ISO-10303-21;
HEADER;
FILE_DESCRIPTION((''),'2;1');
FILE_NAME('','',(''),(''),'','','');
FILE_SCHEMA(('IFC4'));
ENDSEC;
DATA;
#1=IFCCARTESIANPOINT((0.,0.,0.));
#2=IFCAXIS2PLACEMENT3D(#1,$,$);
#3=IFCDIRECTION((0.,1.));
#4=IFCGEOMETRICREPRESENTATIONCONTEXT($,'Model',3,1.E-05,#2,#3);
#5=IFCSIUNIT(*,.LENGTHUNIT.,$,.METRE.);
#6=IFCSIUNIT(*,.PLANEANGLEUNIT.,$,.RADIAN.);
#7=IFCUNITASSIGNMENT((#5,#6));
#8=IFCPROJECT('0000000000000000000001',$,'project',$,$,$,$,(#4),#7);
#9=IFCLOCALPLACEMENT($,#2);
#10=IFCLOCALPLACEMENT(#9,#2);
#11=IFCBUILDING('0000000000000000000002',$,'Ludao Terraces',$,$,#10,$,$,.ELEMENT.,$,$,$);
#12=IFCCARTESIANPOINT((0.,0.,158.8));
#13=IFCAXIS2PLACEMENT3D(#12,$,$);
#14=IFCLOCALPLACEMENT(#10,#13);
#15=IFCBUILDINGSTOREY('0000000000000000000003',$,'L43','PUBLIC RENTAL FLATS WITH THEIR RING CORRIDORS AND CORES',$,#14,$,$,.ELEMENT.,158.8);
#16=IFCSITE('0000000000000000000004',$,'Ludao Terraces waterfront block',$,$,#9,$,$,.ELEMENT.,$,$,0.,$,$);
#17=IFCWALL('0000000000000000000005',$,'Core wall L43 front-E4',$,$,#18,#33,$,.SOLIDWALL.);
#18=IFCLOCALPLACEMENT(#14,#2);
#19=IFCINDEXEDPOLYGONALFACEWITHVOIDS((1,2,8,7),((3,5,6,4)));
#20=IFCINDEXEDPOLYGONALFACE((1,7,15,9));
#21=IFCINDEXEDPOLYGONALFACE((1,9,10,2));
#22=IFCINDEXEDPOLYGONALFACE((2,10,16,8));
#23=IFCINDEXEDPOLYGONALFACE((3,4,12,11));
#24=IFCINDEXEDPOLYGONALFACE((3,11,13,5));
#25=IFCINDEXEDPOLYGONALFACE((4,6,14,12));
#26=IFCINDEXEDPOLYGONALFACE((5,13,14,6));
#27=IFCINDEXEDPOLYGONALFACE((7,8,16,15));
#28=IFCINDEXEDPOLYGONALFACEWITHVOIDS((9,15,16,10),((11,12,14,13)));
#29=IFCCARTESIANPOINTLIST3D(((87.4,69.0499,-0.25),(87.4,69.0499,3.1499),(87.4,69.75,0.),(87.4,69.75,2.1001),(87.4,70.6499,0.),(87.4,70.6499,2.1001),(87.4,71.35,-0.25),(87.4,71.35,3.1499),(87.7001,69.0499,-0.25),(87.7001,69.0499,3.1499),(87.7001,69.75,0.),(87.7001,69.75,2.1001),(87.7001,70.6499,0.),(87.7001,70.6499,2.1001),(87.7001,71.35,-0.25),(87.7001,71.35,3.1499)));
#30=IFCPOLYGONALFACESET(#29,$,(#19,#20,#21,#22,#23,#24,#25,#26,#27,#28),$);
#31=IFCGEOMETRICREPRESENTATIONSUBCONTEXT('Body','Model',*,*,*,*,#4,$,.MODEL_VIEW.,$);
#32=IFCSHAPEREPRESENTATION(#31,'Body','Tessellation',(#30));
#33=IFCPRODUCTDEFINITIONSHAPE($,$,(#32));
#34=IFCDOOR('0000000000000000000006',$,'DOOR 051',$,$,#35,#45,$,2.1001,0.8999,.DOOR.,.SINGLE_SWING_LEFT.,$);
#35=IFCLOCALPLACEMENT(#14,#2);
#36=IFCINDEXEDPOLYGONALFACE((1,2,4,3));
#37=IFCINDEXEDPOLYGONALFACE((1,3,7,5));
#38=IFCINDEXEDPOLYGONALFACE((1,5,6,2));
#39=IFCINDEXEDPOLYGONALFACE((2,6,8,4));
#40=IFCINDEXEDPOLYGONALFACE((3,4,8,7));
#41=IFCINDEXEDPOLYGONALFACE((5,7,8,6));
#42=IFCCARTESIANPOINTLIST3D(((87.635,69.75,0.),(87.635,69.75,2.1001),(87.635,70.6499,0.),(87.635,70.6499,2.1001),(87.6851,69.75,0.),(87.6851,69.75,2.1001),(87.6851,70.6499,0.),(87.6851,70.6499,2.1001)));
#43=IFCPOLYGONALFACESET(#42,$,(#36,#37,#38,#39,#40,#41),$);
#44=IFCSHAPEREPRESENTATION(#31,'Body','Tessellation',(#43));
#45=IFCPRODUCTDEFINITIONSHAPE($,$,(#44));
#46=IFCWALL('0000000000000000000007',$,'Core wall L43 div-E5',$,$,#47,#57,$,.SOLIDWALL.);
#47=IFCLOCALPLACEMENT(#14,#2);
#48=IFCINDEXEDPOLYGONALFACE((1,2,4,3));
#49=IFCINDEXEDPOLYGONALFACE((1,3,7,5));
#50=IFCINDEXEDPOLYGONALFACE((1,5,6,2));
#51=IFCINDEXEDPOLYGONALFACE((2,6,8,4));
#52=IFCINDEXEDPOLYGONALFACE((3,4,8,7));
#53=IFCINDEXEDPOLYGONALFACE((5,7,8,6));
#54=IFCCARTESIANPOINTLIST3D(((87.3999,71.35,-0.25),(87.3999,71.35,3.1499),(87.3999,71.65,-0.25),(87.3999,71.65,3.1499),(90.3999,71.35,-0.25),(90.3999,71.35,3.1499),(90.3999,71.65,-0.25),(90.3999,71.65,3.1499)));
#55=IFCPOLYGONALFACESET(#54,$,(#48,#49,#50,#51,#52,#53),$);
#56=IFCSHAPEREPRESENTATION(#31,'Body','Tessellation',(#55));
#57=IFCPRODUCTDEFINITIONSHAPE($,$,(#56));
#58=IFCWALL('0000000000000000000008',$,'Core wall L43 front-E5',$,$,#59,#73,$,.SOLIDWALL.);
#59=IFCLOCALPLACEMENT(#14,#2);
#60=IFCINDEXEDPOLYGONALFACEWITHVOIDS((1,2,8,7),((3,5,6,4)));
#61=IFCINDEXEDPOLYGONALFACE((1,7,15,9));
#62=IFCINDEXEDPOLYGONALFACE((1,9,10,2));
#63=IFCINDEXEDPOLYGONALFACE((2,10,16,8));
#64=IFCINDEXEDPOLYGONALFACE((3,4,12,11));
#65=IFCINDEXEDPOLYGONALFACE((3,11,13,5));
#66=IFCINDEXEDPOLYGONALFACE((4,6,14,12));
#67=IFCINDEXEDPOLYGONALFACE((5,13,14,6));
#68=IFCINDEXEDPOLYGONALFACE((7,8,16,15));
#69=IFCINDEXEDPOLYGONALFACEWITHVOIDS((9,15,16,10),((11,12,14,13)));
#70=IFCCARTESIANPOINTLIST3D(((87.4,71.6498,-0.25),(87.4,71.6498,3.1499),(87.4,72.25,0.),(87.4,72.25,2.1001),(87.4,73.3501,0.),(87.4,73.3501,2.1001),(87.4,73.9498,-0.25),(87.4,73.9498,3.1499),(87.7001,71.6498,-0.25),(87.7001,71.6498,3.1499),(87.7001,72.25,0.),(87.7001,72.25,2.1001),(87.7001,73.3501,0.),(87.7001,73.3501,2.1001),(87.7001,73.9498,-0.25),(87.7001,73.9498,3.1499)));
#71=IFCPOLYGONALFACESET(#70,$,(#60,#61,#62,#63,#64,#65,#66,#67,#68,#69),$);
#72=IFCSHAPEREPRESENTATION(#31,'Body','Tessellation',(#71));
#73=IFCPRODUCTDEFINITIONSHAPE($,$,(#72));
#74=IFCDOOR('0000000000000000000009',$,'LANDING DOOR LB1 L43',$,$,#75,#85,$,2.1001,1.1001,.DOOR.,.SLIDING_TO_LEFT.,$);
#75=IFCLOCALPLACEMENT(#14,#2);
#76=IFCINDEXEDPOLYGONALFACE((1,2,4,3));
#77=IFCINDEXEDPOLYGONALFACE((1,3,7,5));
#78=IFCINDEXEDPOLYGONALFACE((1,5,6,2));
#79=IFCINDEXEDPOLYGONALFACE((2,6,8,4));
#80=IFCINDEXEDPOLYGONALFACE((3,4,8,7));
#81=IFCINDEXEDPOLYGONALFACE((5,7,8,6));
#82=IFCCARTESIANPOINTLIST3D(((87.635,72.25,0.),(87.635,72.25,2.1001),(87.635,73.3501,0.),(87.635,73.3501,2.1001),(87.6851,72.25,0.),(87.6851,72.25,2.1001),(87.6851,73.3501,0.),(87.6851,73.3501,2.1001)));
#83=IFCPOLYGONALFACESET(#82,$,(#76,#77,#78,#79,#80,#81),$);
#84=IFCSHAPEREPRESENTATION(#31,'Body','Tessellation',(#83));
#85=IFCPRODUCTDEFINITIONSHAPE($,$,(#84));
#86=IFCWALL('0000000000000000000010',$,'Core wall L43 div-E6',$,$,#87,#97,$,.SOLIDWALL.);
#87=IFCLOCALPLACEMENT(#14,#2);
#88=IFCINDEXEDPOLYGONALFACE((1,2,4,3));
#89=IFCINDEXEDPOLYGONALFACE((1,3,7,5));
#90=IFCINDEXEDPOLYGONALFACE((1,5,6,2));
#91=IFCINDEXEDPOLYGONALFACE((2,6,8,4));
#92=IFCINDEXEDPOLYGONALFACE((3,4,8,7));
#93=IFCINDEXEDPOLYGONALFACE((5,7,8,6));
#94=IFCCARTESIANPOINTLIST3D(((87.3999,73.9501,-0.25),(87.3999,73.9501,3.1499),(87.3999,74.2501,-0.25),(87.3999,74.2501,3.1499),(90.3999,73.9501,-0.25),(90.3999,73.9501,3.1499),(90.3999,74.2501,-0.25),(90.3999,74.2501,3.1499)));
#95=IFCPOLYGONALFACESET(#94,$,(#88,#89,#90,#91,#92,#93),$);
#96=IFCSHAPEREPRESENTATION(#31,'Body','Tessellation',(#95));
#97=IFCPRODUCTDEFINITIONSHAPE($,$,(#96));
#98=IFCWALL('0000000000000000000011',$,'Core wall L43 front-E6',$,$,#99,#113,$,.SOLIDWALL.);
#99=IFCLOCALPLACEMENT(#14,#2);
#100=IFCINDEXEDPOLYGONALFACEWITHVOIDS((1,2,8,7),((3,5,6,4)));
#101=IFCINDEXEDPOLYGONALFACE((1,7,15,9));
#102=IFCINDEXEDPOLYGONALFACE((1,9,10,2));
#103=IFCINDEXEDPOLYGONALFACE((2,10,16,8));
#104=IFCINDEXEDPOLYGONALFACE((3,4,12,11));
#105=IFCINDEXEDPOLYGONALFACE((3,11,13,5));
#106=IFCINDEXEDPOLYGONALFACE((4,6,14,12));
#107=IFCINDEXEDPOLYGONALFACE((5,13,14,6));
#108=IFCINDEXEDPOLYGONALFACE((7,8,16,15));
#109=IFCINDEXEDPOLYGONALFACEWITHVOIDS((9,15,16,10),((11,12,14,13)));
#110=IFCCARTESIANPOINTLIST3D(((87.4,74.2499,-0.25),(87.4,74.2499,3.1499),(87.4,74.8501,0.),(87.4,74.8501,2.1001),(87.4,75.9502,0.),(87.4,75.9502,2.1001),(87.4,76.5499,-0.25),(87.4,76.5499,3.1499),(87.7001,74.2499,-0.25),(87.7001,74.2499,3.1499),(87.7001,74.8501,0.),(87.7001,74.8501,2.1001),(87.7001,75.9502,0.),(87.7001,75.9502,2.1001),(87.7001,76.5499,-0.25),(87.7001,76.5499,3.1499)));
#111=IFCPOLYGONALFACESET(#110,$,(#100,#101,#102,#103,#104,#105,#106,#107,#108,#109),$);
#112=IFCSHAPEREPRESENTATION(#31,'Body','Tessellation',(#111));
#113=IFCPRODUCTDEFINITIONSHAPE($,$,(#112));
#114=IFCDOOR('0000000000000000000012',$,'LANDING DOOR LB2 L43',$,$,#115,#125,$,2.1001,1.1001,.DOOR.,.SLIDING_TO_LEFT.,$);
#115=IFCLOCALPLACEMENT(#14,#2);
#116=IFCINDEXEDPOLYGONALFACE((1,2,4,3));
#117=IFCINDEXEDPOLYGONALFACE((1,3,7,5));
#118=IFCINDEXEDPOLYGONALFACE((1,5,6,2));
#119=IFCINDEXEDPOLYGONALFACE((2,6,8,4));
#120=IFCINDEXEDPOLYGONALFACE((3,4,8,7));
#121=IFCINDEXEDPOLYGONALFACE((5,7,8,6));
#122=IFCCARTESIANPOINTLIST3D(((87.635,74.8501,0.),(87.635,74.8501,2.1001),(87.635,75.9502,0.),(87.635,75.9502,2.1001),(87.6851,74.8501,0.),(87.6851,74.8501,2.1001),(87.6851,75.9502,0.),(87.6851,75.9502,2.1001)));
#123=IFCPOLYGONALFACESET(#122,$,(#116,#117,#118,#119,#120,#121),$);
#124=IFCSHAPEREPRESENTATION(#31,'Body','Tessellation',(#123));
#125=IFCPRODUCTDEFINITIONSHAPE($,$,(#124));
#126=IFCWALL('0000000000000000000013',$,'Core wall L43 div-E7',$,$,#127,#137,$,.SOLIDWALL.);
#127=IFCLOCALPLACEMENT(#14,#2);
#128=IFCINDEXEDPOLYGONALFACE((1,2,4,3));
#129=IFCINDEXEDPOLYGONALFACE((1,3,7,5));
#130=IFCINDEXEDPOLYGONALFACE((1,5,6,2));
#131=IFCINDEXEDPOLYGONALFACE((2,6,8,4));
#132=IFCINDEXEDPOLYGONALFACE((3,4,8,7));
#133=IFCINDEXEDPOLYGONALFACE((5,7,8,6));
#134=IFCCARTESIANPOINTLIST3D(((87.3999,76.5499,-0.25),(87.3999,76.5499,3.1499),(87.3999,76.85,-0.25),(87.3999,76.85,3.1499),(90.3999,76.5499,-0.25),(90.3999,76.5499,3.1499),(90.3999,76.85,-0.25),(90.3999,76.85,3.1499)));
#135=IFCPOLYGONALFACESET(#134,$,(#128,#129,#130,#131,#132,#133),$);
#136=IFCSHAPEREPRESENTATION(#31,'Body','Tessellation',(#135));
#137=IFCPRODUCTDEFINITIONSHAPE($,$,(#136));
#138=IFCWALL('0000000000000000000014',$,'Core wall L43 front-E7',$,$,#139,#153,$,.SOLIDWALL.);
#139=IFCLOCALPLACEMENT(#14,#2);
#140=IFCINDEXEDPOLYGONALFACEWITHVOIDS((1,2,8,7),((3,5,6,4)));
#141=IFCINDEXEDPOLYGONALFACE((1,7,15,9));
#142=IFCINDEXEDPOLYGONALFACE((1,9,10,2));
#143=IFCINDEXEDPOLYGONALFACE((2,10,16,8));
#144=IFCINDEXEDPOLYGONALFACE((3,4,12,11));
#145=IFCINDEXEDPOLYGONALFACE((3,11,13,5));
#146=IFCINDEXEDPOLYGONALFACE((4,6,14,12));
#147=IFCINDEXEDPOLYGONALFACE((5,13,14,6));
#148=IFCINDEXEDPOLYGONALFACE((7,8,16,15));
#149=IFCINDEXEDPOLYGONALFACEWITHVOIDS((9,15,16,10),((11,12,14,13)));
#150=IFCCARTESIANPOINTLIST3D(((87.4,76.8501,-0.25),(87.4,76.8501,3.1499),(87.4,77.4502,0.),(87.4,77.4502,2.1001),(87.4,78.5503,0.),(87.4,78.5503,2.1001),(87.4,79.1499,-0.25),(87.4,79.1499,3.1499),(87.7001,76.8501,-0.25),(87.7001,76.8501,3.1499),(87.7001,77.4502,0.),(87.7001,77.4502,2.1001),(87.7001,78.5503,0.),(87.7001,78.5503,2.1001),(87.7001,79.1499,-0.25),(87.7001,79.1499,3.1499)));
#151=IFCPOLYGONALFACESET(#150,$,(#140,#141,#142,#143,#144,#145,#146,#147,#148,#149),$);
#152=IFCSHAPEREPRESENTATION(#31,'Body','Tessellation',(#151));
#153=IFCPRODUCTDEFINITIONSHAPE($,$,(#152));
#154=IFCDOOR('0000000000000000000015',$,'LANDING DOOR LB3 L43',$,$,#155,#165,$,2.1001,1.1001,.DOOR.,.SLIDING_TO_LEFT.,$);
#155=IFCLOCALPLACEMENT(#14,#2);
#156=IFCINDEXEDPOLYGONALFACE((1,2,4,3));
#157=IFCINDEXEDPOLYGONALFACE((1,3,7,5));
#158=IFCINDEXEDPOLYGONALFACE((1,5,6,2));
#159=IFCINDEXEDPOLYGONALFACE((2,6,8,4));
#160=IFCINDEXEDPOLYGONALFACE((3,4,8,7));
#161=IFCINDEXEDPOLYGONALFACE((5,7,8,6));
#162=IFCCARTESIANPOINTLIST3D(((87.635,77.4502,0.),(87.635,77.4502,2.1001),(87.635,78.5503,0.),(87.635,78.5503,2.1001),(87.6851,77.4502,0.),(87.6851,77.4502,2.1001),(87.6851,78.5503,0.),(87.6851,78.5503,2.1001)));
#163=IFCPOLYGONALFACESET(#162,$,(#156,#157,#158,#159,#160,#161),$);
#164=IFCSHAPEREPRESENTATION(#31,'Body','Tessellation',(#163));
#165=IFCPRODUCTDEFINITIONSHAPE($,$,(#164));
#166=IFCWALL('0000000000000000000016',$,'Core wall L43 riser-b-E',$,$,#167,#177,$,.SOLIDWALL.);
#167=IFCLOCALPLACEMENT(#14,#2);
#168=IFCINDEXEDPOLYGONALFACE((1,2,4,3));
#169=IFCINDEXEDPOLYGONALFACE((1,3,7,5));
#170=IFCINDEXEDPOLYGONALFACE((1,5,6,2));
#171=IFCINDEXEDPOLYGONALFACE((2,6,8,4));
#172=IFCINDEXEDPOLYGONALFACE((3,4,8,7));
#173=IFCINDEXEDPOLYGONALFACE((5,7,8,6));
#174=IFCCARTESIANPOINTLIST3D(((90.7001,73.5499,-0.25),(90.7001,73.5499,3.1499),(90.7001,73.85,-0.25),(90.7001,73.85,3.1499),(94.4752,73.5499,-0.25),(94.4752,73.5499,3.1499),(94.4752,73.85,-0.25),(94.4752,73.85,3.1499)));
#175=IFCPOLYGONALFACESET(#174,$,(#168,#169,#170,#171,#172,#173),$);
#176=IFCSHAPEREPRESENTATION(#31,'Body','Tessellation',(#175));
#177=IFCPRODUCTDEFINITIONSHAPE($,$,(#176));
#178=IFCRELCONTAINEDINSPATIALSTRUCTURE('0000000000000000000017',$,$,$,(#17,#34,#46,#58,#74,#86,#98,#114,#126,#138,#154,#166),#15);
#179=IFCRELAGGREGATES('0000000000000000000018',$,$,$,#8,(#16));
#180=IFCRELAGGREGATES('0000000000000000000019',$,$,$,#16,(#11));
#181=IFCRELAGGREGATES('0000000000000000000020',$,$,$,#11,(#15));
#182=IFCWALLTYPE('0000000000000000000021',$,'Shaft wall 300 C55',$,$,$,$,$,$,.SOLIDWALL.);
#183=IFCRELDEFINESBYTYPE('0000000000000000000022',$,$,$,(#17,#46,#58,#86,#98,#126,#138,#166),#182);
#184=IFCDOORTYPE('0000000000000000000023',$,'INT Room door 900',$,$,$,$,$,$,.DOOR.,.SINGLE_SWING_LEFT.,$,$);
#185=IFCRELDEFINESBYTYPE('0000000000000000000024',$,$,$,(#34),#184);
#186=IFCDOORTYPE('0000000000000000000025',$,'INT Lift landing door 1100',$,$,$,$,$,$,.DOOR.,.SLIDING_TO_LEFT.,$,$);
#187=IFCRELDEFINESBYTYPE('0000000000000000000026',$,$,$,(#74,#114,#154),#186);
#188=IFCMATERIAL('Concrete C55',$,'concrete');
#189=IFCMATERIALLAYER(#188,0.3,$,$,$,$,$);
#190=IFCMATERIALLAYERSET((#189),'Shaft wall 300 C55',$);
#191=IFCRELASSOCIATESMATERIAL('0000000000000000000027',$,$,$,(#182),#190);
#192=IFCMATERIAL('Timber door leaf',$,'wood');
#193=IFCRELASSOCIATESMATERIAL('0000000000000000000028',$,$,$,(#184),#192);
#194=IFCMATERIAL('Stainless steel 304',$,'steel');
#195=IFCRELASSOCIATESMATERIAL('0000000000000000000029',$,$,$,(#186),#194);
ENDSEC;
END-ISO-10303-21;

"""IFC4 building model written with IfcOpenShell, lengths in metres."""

from ifc_helpers import new_model, si_unit, direction, frame, frame_2d, origin, place, context, subcontext, project, spatial, rectangle, extrude, material, layer, layer_set, type_object, element, fill, save


model = new_model("IFC4")

# Units and contexts
model_context = context("Model", 3, precision=1e-05, world=origin(), true_north=direction((0.0, 1.0)))
body_context = subcontext(model_context, "Body", "Model", "MODEL_VIEW")
ifc_project = project(units=[si_unit("LENGTHUNIT", "METRE"), si_unit("PLANEANGLEUNIT", "RADIAN")], contexts=[model_context])

# Site, building, storey
site_placement = place(None, origin())
site = spatial("IfcSite", under=ifc_project, at=site_placement, Name="Ludao Terraces waterfront block", CompositionType="ELEMENT", RefElevation=0.0)
building_placement = place(site_placement, origin())
building = spatial("IfcBuilding", under=site, at=building_placement, Name="Ludao Terraces", CompositionType="ELEMENT")
storey_placement = place(building_placement, frame((0.0, 0.0, 158.8)))
storey = spatial("IfcBuildingStorey", under=building, at=storey_placement, Name="L43", Description="PUBLIC RENTAL FLATS WITH THEIR RING CORRIDORS AND CORES", CompositionType="ELEMENT", Elevation=158.8)

# Shared definitions
ifc_material_1 = material(Name="Concrete C55", Category="concrete")
ifc_layer_1 = layer(ifc_material_1, 0.3)
ifc_layer_set_1 = layer_set([ifc_layer_1], Name="Shaft wall 300 C55")
wall_type_1 = type_object("IfcWallType", Name="Shaft wall 300 C55", PredefinedType="SOLIDWALL", material=ifc_layer_set_1)

# Shared definitions
ifc_material_2 = material(Name="Timber door leaf", Category="wood")
door_type_1 = type_object("IfcDoorType", Name="INT Room door 900", OperationType="SINGLE_SWING_LEFT", PredefinedType="DOOR", material=ifc_material_2)

# Wall, opening, door
wall_1_placement = place(storey_placement, frame((87.55, 69.05, -0.25), z_axis=(0.0, 0.0, 1.0), x_axis=(0.0, 1.0, 0.0)))
wall_1 = element("IfcWall", 1, at=wall_1_placement, inside=storey, type_object=wall_type_1, Name="Core wall L43 front-E4", PredefinedType="SOLIDWALL", context=body_context, shape_type="SweptSolid", body=[
    extrude(rectangle(XDim=2.3, YDim=0.3, at=frame_2d((1.1499, 0.0))), origin(), (0.0, 0.0, 1.0), 3.3999),
])
opening_1_placement = place(wall_1_placement, frame((0.7, 0.0, 0.25)))
opening_1 = element("IfcOpeningElement", 2, at=opening_1_placement, cuts=wall_1, PredefinedType="OPENING", context=body_context, shape_type="SweptSolid", body=[
    extrude(rectangle(XDim=0.8999, YDim=2.1001, at=frame_2d((0.45, 1.05))), frame((0.0, 0.1602, 0.0), z_axis=(0.0, -1.0, 0.0), x_axis=(1.0, 0.0, 0.0)), (0.0, 0.0, 1.0), 0.3201),
])
door_1_placement = place(opening_1_placement, origin())
door_1 = element("IfcDoor", 3, at=door_1_placement, inside=storey, type_object=door_type_1, Name="DOOR 051", OperationType="SINGLE_SWING_LEFT", OverallHeight=2.1001, OverallWidth=0.8999, PredefinedType="DOOR", context=body_context, shape_type="SweptSolid", body=[
    extrude(rectangle(XDim=0.8999, YDim=2.1001, at=frame_2d((0.45, 1.05))), frame((0.0, -0.085, 0.0), z_axis=(0.0, -1.0, 0.0), x_axis=(1.0, 0.0, 0.0)), (0.0, 0.0, 1.0), 0.05),
])
fill(opening_1, door_1)

# Wall
wall_2_placement = place(storey_placement, frame((87.3999, 71.5, -0.25), z_axis=(0.0, 0.0, 1.0), x_axis=(1.0, 0.0, 0.0)))
element("IfcWall", 4, at=wall_2_placement, inside=storey, type_object=wall_type_1, Name="Core wall L43 div-E5", PredefinedType="SOLIDWALL", context=body_context, shape_type="SweptSolid", body=[
    extrude(rectangle(XDim=3.0, YDim=0.3, at=frame_2d((1.5, 0.0))), origin(), (0.0, 0.0, 1.0), 3.3999),
])

# Wall, opening, door
wall_3_placement = place(storey_placement, frame((87.55, 71.6499, -0.25), z_axis=(0.0, 0.0, 1.0), x_axis=(0.0, 1.0, 0.0)))
wall_3 = element("IfcWall", 5, at=wall_3_placement, inside=storey, type_object=wall_type_1, Name="Core wall L43 front-E5", PredefinedType="SOLIDWALL", context=body_context, shape_type="SweptSolid", body=[
    extrude(rectangle(XDim=2.3, YDim=0.3, at=frame_2d((1.1499, 0.0))), origin(), (0.0, 0.0, 1.0), 3.3999),
])
opening_2_placement = place(wall_3_placement, frame((0.6001, 0.0, 0.25)))
opening_2 = element("IfcOpeningElement", 6, at=opening_2_placement, cuts=wall_3, PredefinedType="OPENING", context=body_context, shape_type="SweptSolid", body=[
    extrude(rectangle(XDim=1.1001, YDim=2.1001, at=frame_2d((0.55, 1.05))), frame((0.0, 0.1602, 0.0), z_axis=(0.0, -1.0, 0.0), x_axis=(1.0, 0.0, 0.0)), (0.0, 0.0, 1.0), 0.3201),
])
ifc_material_3 = material(Name="Stainless steel 304", Category="steel")
door_type_2 = type_object("IfcDoorType", Name="INT Lift landing door 1100", OperationType="SLIDING_TO_LEFT", PredefinedType="DOOR", material=ifc_material_3)
door_2_placement = place(opening_2_placement, origin())
door_2 = element("IfcDoor", 7, at=door_2_placement, inside=storey, type_object=door_type_2, Name="LANDING DOOR LB1 L43", OperationType="SLIDING_TO_LEFT", OverallHeight=2.1001, OverallWidth=1.1001, PredefinedType="DOOR", context=body_context, shape_type="SweptSolid", body=[
    extrude(rectangle(XDim=1.1001, YDim=2.1001, at=frame_2d((0.55, 1.05))), frame((0.0, -0.085, 0.0), z_axis=(0.0, -1.0, 0.0), x_axis=(1.0, 0.0, 0.0)), (0.0, 0.0, 1.0), 0.05),
])
fill(opening_2, door_2)

# Wall
wall_4_placement = place(storey_placement, frame((87.3999, 74.1001, -0.25), z_axis=(0.0, 0.0, 1.0), x_axis=(1.0, 0.0, 0.0)))
element("IfcWall", 8, at=wall_4_placement, inside=storey, type_object=wall_type_1, Name="Core wall L43 div-E6", PredefinedType="SOLIDWALL", context=body_context, shape_type="SweptSolid", body=[
    extrude(rectangle(XDim=3.0, YDim=0.3, at=frame_2d((1.5, 0.0))), origin(), (0.0, 0.0, 1.0), 3.3999),
])

# Wall, opening, door
wall_5_placement = place(storey_placement, frame((87.55, 74.25, -0.25), z_axis=(0.0, 0.0, 1.0), x_axis=(0.0, 1.0, 0.0)))
wall_5 = element("IfcWall", 9, at=wall_5_placement, inside=storey, type_object=wall_type_1, Name="Core wall L43 front-E6", PredefinedType="SOLIDWALL", context=body_context, shape_type="SweptSolid", body=[
    extrude(rectangle(XDim=2.3, YDim=0.3, at=frame_2d((1.1499, 0.0))), origin(), (0.0, 0.0, 1.0), 3.3999),
])
opening_3_placement = place(wall_5_placement, frame((0.6001, 0.0, 0.25)))
opening_3 = element("IfcOpeningElement", 10, at=opening_3_placement, cuts=wall_5, PredefinedType="OPENING", context=body_context, shape_type="SweptSolid", body=[
    extrude(rectangle(XDim=1.1001, YDim=2.1001, at=frame_2d((0.55, 1.05))), frame((0.0, 0.1602, 0.0), z_axis=(0.0, -1.0, 0.0), x_axis=(1.0, 0.0, 0.0)), (0.0, 0.0, 1.0), 0.3201),
])
door_3_placement = place(opening_3_placement, origin())
door_3 = element("IfcDoor", 11, at=door_3_placement, inside=storey, type_object=door_type_2, Name="LANDING DOOR LB2 L43", OperationType="SLIDING_TO_LEFT", OverallHeight=2.1001, OverallWidth=1.1001, PredefinedType="DOOR", context=body_context, shape_type="SweptSolid", body=[
    extrude(rectangle(XDim=1.1001, YDim=2.1001, at=frame_2d((0.55, 1.05))), frame((0.0, -0.085, 0.0), z_axis=(0.0, -1.0, 0.0), x_axis=(1.0, 0.0, 0.0)), (0.0, 0.0, 1.0), 0.05),
])
fill(opening_3, door_3)

# Wall
wall_6_placement = place(storey_placement, frame((87.3999, 76.7, -0.25), z_axis=(0.0, 0.0, 1.0), x_axis=(1.0, 0.0, 0.0)))
element("IfcWall", 12, at=wall_6_placement, inside=storey, type_object=wall_type_1, Name="Core wall L43 div-E7", PredefinedType="SOLIDWALL", context=body_context, shape_type="SweptSolid", body=[
    extrude(rectangle(XDim=3.0, YDim=0.3, at=frame_2d((1.5, 0.0))), origin(), (0.0, 0.0, 1.0), 3.3999),
])

# Wall, opening, door
wall_7_placement = place(storey_placement, frame((87.55, 76.8501, -0.25), z_axis=(0.0, 0.0, 1.0), x_axis=(0.0, 1.0, 0.0)))
wall_7 = element("IfcWall", 13, at=wall_7_placement, inside=storey, type_object=wall_type_1, Name="Core wall L43 front-E7", PredefinedType="SOLIDWALL", context=body_context, shape_type="SweptSolid", body=[
    extrude(rectangle(XDim=2.2998, YDim=0.3, at=frame_2d((1.1499, 0.0))), origin(), (0.0, 0.0, 1.0), 3.3999),
])
opening_4_placement = place(wall_7_placement, frame((0.6001, 0.0, 0.25)))
opening_4 = element("IfcOpeningElement", 14, at=opening_4_placement, cuts=wall_7, PredefinedType="OPENING", context=body_context, shape_type="SweptSolid", body=[
    extrude(rectangle(XDim=1.1001, YDim=2.1001, at=frame_2d((0.55, 1.05))), frame((0.0, 0.1602, 0.0), z_axis=(0.0, -1.0, 0.0), x_axis=(1.0, 0.0, 0.0)), (0.0, 0.0, 1.0), 0.3201),
])
door_4_placement = place(opening_4_placement, origin())
door_4 = element("IfcDoor", 15, at=door_4_placement, inside=storey, type_object=door_type_2, Name="LANDING DOOR LB3 L43", OperationType="SLIDING_TO_LEFT", OverallHeight=2.1001, OverallWidth=1.1001, PredefinedType="DOOR", context=body_context, shape_type="SweptSolid", body=[
    extrude(rectangle(XDim=1.1001, YDim=2.1001, at=frame_2d((0.55, 1.05))), frame((0.0, -0.085, 0.0), z_axis=(0.0, -1.0, 0.0), x_axis=(1.0, 0.0, 0.0)), (0.0, 0.0, 1.0), 0.05),
])
fill(opening_4, door_4)

# Wall
wall_8_placement = place(storey_placement, frame((90.7, 73.7, -0.25), z_axis=(0.0, 0.0, 1.0), x_axis=(1.0, 0.0, 0.0)))
element("IfcWall", 16, at=wall_8_placement, inside=storey, type_object=wall_type_1, Name="Core wall L43 riser-b-E", PredefinedType="SOLIDWALL", context=body_context, shape_type="SweptSolid", body=[
    extrude(rectangle(XDim=3.7751, YDim=0.3, at=frame_2d((1.8877, 0.0))), origin(), (0.0, 0.0, 1.0), 3.3999),
])

save(model, "model.ifc")
